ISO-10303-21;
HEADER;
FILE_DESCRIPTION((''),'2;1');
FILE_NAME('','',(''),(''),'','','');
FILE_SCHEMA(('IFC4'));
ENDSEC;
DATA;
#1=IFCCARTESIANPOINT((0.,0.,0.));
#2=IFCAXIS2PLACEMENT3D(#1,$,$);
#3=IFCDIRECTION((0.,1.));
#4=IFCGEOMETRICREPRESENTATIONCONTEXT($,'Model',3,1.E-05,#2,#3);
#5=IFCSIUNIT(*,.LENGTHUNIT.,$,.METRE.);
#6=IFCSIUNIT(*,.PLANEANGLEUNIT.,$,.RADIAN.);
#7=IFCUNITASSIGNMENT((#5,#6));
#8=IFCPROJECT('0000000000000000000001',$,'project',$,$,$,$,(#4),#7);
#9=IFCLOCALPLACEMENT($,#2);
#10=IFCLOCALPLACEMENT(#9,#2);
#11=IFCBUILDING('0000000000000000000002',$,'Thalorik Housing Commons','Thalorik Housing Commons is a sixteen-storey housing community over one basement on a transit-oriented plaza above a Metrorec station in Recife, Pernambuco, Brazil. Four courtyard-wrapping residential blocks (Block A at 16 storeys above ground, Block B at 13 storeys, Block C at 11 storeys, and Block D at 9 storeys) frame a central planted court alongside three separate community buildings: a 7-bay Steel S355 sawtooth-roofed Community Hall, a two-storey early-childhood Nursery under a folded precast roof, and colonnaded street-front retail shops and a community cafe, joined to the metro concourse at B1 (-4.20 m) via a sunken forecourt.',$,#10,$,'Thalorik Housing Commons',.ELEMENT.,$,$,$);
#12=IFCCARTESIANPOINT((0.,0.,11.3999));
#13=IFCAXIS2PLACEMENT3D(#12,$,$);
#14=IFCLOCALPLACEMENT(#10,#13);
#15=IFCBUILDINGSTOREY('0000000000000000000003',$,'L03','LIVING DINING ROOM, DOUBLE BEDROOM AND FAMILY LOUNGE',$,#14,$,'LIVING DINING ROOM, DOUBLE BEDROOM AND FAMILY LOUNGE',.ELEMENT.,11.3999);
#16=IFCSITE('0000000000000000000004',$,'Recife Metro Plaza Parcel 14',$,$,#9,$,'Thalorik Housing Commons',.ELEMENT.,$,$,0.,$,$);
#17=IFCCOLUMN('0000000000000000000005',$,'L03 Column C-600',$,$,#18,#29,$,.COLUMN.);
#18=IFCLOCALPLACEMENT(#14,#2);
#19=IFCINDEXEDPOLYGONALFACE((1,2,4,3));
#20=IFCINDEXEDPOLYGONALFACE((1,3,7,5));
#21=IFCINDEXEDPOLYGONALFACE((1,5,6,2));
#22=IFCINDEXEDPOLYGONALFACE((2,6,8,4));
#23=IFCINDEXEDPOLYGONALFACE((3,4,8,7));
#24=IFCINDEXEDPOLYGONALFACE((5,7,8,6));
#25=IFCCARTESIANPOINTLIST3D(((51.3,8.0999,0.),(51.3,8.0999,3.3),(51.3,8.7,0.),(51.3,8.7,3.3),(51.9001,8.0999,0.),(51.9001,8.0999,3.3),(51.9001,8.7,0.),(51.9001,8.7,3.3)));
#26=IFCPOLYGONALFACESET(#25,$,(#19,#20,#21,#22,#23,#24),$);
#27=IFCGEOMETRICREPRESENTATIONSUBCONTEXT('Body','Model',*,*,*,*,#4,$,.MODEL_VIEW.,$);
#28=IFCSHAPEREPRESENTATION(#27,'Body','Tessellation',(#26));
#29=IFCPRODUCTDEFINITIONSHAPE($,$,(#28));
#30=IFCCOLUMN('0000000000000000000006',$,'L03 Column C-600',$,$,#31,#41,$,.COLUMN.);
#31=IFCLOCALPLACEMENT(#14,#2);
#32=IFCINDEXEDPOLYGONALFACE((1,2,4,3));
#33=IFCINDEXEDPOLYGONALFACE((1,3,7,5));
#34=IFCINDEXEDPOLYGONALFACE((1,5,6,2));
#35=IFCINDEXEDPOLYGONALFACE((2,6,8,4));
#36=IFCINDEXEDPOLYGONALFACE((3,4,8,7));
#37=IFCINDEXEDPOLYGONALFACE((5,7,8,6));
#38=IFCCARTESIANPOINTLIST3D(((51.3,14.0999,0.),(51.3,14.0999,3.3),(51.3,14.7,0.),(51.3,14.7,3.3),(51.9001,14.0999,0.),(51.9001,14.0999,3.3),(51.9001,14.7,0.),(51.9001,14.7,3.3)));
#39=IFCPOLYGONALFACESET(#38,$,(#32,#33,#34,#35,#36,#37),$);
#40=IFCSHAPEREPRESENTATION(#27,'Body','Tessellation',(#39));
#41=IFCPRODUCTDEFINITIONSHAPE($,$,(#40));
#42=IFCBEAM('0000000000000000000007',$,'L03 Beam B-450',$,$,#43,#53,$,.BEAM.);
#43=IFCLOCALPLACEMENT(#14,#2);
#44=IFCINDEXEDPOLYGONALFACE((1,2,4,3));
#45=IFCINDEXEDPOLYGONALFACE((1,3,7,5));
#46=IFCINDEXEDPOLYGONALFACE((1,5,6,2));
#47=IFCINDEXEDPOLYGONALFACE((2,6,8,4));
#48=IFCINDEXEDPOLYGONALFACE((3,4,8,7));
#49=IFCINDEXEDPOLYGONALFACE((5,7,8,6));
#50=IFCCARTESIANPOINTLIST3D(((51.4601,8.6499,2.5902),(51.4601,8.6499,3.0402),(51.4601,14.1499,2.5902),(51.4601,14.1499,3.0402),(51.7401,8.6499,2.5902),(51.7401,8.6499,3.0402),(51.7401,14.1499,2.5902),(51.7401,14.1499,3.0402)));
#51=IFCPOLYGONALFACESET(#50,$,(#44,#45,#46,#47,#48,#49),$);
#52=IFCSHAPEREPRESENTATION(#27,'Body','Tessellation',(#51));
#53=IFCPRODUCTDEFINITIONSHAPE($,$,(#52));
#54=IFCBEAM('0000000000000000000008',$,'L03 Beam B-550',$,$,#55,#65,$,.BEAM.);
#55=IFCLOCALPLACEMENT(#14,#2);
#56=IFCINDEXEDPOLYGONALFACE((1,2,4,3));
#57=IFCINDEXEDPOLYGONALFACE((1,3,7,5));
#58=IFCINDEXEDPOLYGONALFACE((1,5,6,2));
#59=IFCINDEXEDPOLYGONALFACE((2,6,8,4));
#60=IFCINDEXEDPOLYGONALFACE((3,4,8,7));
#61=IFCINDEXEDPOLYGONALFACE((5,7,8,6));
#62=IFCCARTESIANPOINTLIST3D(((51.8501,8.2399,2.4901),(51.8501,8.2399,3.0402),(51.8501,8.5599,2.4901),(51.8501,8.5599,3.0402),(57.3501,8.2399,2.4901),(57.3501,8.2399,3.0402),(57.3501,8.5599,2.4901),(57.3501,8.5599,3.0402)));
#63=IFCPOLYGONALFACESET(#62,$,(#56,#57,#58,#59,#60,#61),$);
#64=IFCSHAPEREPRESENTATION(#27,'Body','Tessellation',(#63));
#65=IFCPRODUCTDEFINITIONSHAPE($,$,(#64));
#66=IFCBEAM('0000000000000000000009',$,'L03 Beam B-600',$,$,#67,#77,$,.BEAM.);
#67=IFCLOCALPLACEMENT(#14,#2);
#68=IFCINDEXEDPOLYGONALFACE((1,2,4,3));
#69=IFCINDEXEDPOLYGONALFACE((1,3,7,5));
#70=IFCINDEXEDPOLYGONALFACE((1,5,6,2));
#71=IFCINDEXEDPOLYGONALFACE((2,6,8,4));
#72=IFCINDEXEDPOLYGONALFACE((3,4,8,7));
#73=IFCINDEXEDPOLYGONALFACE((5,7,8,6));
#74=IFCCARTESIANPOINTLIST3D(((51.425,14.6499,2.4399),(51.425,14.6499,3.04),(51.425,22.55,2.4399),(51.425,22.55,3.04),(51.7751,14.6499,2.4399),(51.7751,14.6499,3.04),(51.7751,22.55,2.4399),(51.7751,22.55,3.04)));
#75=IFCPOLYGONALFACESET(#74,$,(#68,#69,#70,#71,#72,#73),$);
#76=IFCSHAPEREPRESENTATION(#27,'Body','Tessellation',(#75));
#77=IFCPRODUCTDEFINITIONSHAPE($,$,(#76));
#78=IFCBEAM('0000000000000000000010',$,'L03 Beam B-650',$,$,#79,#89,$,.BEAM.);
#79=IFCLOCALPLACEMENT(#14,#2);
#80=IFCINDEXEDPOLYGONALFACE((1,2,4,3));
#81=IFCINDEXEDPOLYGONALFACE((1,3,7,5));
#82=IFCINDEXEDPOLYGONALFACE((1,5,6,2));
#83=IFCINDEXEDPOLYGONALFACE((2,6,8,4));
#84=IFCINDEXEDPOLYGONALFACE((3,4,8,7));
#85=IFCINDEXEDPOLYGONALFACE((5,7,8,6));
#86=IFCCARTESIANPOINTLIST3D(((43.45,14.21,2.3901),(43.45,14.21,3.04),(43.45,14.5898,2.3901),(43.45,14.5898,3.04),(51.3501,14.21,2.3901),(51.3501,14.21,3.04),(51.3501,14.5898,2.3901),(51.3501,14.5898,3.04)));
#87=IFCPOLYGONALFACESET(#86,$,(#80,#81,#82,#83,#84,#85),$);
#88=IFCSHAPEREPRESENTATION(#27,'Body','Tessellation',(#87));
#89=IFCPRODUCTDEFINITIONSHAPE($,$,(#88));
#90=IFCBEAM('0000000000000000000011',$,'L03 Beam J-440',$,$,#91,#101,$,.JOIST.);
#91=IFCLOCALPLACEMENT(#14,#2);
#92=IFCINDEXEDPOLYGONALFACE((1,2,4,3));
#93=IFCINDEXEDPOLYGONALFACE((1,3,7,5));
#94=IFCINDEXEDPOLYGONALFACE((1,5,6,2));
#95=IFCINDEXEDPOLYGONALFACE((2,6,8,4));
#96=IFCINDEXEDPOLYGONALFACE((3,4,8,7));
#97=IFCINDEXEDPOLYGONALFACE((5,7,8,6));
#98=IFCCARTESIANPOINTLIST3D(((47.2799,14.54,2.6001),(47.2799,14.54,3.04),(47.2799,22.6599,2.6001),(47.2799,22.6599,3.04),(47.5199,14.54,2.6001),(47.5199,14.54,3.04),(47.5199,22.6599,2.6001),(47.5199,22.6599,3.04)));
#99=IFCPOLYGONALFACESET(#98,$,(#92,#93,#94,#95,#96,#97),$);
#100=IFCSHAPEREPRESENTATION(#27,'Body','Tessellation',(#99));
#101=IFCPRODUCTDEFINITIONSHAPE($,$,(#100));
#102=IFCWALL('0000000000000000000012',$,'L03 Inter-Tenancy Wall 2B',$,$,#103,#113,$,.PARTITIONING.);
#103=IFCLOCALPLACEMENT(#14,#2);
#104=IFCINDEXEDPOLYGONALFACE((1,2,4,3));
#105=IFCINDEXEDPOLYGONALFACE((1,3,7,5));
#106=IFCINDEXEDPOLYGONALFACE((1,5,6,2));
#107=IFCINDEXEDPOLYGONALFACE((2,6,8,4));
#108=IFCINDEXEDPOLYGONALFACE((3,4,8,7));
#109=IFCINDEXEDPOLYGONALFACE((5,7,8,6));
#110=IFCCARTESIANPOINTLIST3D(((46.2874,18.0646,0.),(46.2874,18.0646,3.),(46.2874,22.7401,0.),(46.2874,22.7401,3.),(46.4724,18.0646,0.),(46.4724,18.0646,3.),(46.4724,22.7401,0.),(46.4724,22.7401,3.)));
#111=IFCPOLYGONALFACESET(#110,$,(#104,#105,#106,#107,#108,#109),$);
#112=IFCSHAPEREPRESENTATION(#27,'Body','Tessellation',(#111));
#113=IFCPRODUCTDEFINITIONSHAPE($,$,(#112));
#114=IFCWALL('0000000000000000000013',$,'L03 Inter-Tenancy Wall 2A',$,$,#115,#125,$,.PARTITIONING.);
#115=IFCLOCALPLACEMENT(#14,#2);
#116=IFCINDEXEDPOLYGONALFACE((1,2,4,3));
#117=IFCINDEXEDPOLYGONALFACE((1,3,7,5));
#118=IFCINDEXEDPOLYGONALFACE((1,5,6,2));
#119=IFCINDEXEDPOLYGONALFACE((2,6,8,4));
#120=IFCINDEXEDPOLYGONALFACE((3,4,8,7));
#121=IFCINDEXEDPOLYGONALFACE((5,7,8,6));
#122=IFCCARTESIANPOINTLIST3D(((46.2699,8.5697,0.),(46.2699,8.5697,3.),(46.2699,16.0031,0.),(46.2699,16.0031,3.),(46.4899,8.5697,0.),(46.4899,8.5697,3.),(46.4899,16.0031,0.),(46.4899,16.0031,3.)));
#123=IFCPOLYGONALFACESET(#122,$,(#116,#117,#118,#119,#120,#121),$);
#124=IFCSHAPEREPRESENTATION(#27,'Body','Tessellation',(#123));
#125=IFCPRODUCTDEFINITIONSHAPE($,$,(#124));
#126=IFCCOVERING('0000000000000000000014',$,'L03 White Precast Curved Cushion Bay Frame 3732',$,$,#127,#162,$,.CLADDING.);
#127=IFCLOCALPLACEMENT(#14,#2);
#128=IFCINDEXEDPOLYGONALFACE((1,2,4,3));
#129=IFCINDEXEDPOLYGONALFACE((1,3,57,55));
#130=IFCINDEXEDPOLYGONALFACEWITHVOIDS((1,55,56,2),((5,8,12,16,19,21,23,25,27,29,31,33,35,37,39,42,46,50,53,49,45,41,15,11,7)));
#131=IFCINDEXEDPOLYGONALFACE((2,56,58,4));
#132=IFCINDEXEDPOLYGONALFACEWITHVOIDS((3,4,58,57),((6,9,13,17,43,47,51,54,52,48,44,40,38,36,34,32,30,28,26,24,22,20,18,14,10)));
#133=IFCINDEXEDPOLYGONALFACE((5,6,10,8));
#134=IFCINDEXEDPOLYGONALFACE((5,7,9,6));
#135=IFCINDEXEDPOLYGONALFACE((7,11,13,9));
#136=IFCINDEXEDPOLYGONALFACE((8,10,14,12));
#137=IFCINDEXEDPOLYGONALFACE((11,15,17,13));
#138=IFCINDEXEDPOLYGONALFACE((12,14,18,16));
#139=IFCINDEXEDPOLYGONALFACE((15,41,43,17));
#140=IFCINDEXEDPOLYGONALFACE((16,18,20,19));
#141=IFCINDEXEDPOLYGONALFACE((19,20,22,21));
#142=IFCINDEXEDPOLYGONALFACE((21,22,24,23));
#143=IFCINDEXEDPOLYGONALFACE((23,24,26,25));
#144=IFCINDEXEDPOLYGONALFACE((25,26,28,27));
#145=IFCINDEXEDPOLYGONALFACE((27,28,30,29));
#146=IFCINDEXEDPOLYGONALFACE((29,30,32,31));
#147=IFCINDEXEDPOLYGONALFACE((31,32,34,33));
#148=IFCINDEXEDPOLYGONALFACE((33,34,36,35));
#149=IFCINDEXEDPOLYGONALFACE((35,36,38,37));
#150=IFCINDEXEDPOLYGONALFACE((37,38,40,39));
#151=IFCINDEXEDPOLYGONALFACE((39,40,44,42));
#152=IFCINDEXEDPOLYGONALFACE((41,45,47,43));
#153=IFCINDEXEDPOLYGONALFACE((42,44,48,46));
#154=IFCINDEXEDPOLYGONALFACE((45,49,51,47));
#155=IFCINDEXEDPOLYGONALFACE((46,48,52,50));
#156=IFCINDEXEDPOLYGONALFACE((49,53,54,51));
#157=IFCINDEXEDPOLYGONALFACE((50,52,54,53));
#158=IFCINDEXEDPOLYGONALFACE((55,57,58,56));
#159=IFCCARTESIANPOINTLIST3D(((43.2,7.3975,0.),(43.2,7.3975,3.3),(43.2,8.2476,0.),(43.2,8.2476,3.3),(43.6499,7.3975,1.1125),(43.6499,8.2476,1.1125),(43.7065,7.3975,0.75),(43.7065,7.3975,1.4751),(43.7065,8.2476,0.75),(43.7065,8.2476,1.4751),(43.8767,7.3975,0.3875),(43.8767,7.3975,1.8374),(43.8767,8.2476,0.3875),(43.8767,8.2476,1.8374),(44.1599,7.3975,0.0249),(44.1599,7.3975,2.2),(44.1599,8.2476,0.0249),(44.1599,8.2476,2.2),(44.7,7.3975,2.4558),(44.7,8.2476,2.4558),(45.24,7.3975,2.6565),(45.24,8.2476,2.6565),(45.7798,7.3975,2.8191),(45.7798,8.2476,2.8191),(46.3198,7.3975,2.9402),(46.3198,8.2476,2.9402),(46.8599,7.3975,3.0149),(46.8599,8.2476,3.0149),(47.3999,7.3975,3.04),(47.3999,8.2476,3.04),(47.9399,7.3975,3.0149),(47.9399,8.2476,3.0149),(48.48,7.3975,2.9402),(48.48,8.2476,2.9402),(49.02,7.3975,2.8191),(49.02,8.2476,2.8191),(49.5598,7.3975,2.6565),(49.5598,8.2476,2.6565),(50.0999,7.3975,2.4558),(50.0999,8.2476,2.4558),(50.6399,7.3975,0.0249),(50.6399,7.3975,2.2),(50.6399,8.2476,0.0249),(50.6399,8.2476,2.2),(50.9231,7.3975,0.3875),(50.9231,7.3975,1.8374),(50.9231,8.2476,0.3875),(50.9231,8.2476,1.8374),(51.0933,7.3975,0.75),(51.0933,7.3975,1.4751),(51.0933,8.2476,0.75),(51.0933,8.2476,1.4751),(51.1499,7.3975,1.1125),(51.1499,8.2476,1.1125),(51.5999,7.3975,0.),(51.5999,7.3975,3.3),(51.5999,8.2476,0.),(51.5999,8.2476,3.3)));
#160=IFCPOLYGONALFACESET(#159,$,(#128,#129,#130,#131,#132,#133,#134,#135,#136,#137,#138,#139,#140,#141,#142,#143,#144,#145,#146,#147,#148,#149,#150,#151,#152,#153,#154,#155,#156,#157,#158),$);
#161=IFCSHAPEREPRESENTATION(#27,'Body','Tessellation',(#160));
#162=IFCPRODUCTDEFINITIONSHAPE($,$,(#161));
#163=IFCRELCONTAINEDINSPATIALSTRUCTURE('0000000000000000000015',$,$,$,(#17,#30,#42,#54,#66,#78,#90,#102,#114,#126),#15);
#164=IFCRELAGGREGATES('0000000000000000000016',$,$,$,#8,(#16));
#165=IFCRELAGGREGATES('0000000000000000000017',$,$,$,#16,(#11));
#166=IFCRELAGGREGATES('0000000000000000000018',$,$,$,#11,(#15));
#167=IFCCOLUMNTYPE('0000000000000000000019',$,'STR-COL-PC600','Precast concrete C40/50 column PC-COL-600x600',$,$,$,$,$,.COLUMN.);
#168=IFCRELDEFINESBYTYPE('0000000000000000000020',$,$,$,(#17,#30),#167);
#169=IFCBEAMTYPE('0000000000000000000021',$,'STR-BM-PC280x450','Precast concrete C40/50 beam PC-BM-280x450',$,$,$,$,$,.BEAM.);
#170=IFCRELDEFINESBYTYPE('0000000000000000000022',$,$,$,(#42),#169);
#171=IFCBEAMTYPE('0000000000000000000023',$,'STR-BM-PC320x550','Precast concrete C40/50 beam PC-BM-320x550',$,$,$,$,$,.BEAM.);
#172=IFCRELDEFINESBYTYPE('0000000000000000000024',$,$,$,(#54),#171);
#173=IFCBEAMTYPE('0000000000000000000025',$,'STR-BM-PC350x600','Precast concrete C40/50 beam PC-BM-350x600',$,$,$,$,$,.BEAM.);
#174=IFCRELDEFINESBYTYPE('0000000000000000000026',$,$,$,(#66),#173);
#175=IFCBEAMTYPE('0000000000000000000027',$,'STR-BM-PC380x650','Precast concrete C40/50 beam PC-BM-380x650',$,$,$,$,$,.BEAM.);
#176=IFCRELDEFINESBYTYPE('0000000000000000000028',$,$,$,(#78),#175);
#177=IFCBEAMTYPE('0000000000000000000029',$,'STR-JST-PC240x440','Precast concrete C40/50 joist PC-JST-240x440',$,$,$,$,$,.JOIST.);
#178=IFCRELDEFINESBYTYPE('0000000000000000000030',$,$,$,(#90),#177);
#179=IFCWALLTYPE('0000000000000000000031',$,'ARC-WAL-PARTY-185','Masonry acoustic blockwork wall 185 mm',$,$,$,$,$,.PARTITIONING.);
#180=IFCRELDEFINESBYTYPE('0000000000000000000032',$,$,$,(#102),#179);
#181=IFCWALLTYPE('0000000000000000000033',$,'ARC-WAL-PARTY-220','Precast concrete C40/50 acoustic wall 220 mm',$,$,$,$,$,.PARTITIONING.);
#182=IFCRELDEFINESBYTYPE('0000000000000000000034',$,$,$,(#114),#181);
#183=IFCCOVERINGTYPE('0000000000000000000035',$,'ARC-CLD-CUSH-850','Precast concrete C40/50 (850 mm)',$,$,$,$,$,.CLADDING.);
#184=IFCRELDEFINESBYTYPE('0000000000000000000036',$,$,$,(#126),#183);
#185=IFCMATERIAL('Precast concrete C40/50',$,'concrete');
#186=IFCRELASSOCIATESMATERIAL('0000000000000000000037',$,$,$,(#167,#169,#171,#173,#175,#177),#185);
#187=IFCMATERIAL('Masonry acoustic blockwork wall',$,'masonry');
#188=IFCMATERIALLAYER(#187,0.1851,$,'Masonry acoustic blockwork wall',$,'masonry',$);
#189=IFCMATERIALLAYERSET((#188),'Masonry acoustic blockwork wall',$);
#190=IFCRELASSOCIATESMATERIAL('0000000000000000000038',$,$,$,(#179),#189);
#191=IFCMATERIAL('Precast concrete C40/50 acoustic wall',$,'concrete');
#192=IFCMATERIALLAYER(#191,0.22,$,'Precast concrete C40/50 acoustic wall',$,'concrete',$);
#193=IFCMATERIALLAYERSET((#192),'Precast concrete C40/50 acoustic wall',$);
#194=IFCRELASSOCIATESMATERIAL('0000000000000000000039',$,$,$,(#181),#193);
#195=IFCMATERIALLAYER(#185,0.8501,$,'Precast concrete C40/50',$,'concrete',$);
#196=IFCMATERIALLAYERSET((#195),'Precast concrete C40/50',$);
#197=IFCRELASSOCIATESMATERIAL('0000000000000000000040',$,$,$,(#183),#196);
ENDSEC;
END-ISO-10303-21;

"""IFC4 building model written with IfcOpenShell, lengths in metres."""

from ifc_helpers import new_model, si_unit, direction, frame, frame_2d, origin, origin_2d, place, context, subcontext, project, spatial, polyline, rectangle, outline, extrude, material, layer, layer_set, material_profile, profile_set, type_object, element, save


model = new_model("IFC4")

# Units and contexts
model_context = context("Model", 3, precision=1e-05, world=origin(), true_north=direction((0.0, 1.0)))
body_context = subcontext(model_context, "Body", "Model", "MODEL_VIEW")
ifc_project = project(units=[si_unit("LENGTHUNIT", "METRE"), si_unit("PLANEANGLEUNIT", "RADIAN")], contexts=[model_context])

# Site, building, storey
site_placement = place(None, origin())
site = spatial("IfcSite", under=ifc_project, at=site_placement, Name="Recife Metro Plaza Parcel 14", LongName="Thalorik Housing Commons", CompositionType="ELEMENT", RefElevation=0.0)
building_placement = place(site_placement, origin())
building = spatial("IfcBuilding", under=site, at=building_placement, Name="Thalorik Housing Commons", Description="Thalorik Housing Commons is a sixteen-storey housing community over one basement on a transit-oriented plaza above a Metrorec station in Recife, Pernambuco, Brazil. Four courtyard-wrapping residential blocks (Block A at 16 storeys above ground, Block B at 13 storeys, Block C at 11 storeys, and Block D at 9 storeys) frame a central planted court alongside three separate community buildings: a 7-bay Steel S355 sawtooth-roofed Community Hall, a two-storey early-childhood Nursery under a folded precast roof, and colonnaded street-front retail shops and a community cafe, joined to the metro concourse at B1 (-4.20 m) via a sunken forecourt.", LongName="Thalorik Housing Commons", CompositionType="ELEMENT")
storey_placement = place(building_placement, frame((0.0, 0.0, 11.3999)))
storey = spatial("IfcBuildingStorey", under=building, at=storey_placement, Name="L03", Description="LIVING DINING ROOM, DOUBLE BEDROOM AND FAMILY LOUNGE", LongName="LIVING DINING ROOM, DOUBLE BEDROOM AND FAMILY LOUNGE", CompositionType="ELEMENT", Elevation=11.3999)

# Columns
ifc_material_1 = material(Name="Precast concrete C40/50", Category="concrete")
ifc_material_profile_1 = material_profile(ifc_material_1, rectangle(XDim=0.6001, YDim=0.6001, at=origin_2d()), Name="PC 600x600", Category="concrete")
ifc_profile_set_1 = profile_set([ifc_material_profile_1], Name="Precast concrete C40/50")
column_type = type_object("IfcColumnType", Name="STR-COL-PC600", Description="Precast concrete C40/50 column PC-COL-600x600", PredefinedType="COLUMN", material=ifc_profile_set_1)
for number, where, z_axis, x_axis, name in (
    (1, (51.6001, 8.3999, 0.0), (0.0, 0.0, 1.0), (1.0, 0.0, 0.0), "L03 Column C-600"),
    (2, (51.6001, 14.3999, 0.0), (0.0, 0.0, 1.0), (1.0, 0.0, 0.0), "L03 Column C-600"),
):
    element("IfcColumn", number, at=place(storey_placement, frame(where, z_axis=z_axis, x_axis=x_axis)), inside=storey, type_object=column_type, Name=name, PredefinedType="COLUMN", context=body_context, shape_type="SweptSolid", body=[
        extrude(rectangle(XDim=0.6001, YDim=0.6001, at=origin_2d()), origin(), (0.0, 0.0, 1.0), 3.3),
    ])

# Beams
ifc_material_profile_2 = material_profile(ifc_material_1, rectangle(XDim=0.28, YDim=0.45, at=origin_2d()), Name="PC 280x450", Category="concrete")
ifc_profile_set_2 = profile_set([ifc_material_profile_2], Name="Precast concrete C40/50")
beam_type_1 = type_object("IfcBeamType", Name="STR-BM-PC280x450", Description="Precast concrete C40/50 beam PC-BM-280x450", PredefinedType="BEAM", material=ifc_profile_set_2)
beam_1_placement = place(storey_placement, frame((51.6001, 8.6499, 2.8152), z_axis=(0.0, 1.0, 0.0), x_axis=(-1.0, 0.0, 0.0)))
element("IfcBeam", 3, at=beam_1_placement, inside=storey, type_object=beam_type_1, Name="L03 Beam B-450", PredefinedType="BEAM", context=body_context, shape_type="SweptSolid", body=[
    extrude(rectangle(XDim=0.28, YDim=0.45, at=origin_2d()), origin(), (0.0, 0.0, 1.0), 5.5),
])
ifc_material_profile_3 = material_profile(ifc_material_1, rectangle(XDim=0.3201, YDim=0.55, at=origin_2d()), Name="PC 320x550", Category="concrete")
ifc_profile_set_3 = profile_set([ifc_material_profile_3], Name="Precast concrete C40/50")
beam_type_2 = type_object("IfcBeamType", Name="STR-BM-PC320x550", Description="Precast concrete C40/50 beam PC-BM-320x550", PredefinedType="BEAM", material=ifc_profile_set_3)
beam_2_placement = place(storey_placement, frame((51.8501, 8.3999, 2.7651), z_axis=(1.0, 0.0, 0.0), x_axis=(0.0, 1.0, 0.0)))
element("IfcBeam", 4, at=beam_2_placement, inside=storey, type_object=beam_type_2, Name="L03 Beam B-550", PredefinedType="BEAM", context=body_context, shape_type="SweptSolid", body=[
    extrude(rectangle(XDim=0.3201, YDim=0.55, at=origin_2d()), origin(), (0.0, 0.0, 1.0), 5.5),
])
ifc_material_profile_4 = material_profile(ifc_material_1, rectangle(XDim=0.3501, YDim=0.6001, at=origin_2d()), Name="PC 350x600", Category="concrete")
ifc_profile_set_4 = profile_set([ifc_material_profile_4], Name="Precast concrete C40/50")
beam_type_3 = type_object("IfcBeamType", Name="STR-BM-PC350x600", Description="Precast concrete C40/50 beam PC-BM-350x600", PredefinedType="BEAM", material=ifc_profile_set_4)
beam_3_placement = place(storey_placement, frame((51.6001, 14.6499, 2.74), z_axis=(0.0, 1.0, 0.0), x_axis=(-1.0, 0.0, 0.0)))
element("IfcBeam", 5, at=beam_3_placement, inside=storey, type_object=beam_type_3, Name="L03 Beam B-600", PredefinedType="BEAM", context=body_context, shape_type="SweptSolid", body=[
    extrude(rectangle(XDim=0.3501, YDim=0.6001, at=origin_2d()), origin(), (0.0, 0.0, 1.0), 7.9001),
])
ifc_material_profile_5 = material_profile(ifc_material_1, rectangle(XDim=0.3799, YDim=0.6499, at=origin_2d()), Name="PC 380x650", Category="concrete")
ifc_profile_set_5 = profile_set([ifc_material_profile_5], Name="Precast concrete C40/50")
beam_type_4 = type_object("IfcBeamType", Name="STR-BM-PC380x650", Description="Precast concrete C40/50 beam PC-BM-380x650", PredefinedType="BEAM", material=ifc_profile_set_5)
beam_4_placement = place(storey_placement, frame((43.45, 14.3999, 2.7151), z_axis=(1.0, 0.0, 0.0), x_axis=(0.0, 1.0, 0.0)))
element("IfcBeam", 6, at=beam_4_placement, inside=storey, type_object=beam_type_4, Name="L03 Beam B-650", PredefinedType="BEAM", context=body_context, shape_type="SweptSolid", body=[
    extrude(rectangle(XDim=0.3799, YDim=0.6499, at=origin_2d()), origin(), (0.0, 0.0, 1.0), 7.9001),
])
ifc_material_profile_6 = material_profile(ifc_material_1, rectangle(XDim=0.24, YDim=0.4399, at=origin_2d()), Name="PC JST 240x440", Category="concrete")
ifc_profile_set_6 = profile_set([ifc_material_profile_6], Name="Precast concrete C40/50")
beam_type_5 = type_object("IfcBeamType", Name="STR-JST-PC240x440", Description="Precast concrete C40/50 joist PC-JST-240x440", PredefinedType="JOIST", material=ifc_profile_set_6)
beam_5_placement = place(storey_placement, frame((47.3999, 14.54, 2.8201), z_axis=(0.0, 1.0, 0.0), x_axis=(-1.0, 0.0, 0.0)))
element("IfcBeam", 7, at=beam_5_placement, inside=storey, type_object=beam_type_5, Name="L03 Beam J-440", PredefinedType="JOIST", context=body_context, shape_type="SweptSolid", body=[
    extrude(rectangle(XDim=0.24, YDim=0.4399, at=origin_2d()), origin(), (0.0, 0.0, 1.0), 8.1199),
])

# Walls
ifc_material_2 = material(Name="Masonry acoustic blockwork wall", Category="masonry")
ifc_layer_1 = layer(ifc_material_2, 0.1851, Name="Masonry acoustic blockwork wall", Category="masonry")
ifc_layer_set_1 = layer_set([ifc_layer_1], Name="Masonry acoustic blockwork wall")
wall_type_1 = type_object("IfcWallType", Name="ARC-WAL-PARTY-185", Description="Masonry acoustic blockwork wall 185 mm", PredefinedType="PARTITIONING", material=ifc_layer_set_1)
wall_1_placement = place(storey_placement, frame((46.3799, 18.0645, 0.0), z_axis=(0.0, 0.0, 1.0), x_axis=(0.0, 1.0, 0.0)))
element("IfcWall", 8, at=wall_1_placement, inside=storey, type_object=wall_type_1, Name="L03 Inter-Tenancy Wall 2B", PredefinedType="PARTITIONING", context=body_context, shape_type="SweptSolid", body=[
    extrude(rectangle(XDim=4.6755, YDim=0.1851, at=frame_2d((2.3379, 0.0))), origin(), (0.0, 0.0, 1.0), 3.0),
])
ifc_material_3 = material(Name="Precast concrete C40/50 acoustic wall", Category="concrete")
ifc_layer_2 = layer(ifc_material_3, 0.22, Name="Precast concrete C40/50 acoustic wall", Category="concrete")
ifc_layer_set_2 = layer_set([ifc_layer_2], Name="Precast concrete C40/50 acoustic wall")
wall_type_2 = type_object("IfcWallType", Name="ARC-WAL-PARTY-220", Description="Precast concrete C40/50 acoustic wall 220 mm", PredefinedType="PARTITIONING", material=ifc_layer_set_2)
wall_2_placement = place(storey_placement, frame((46.3799, 8.5696, 0.0), z_axis=(0.0, 0.0, 1.0), x_axis=(0.0, 1.0, 0.0)))
element("IfcWall", 9, at=wall_2_placement, inside=storey, type_object=wall_type_2, Name="L03 Inter-Tenancy Wall 2A", PredefinedType="PARTITIONING", context=body_context, shape_type="SweptSolid", body=[
    extrude(rectangle(XDim=7.4333, YDim=0.22, at=frame_2d((3.7168, 0.0))), origin(), (0.0, 0.0, 1.0), 3.0),
])

# Covering
ifc_layer_3 = layer(ifc_material_1, 0.8501, Name="Precast concrete C40/50", Category="concrete")
ifc_layer_set_3 = layer_set([ifc_layer_3], Name="Precast concrete C40/50")
covering_type_1 = type_object("IfcCoveringType", Name="ARC-CLD-CUSH-850", Description="Precast concrete C40/50 (850 mm)", PredefinedType="CLADDING", material=ifc_layer_set_3)
covering_1_placement = place(storey_placement, frame((47.3999, 7.8225, 0.0), z_axis=(0.0, 0.0, 1.0), x_axis=(1.0, 0.0, 0.0)))
element("IfcCovering", 10, at=covering_1_placement, inside=storey, type_object=covering_type_1, Name="L03 White Precast Curved Cushion Bay Frame 3732", PredefinedType="CLADDING", context=body_context, shape_type="SweptSolid", body=[
    extrude(outline(polyline([(-4.2, 0.0), (4.2, 0.0), (4.2, 3.3), (-4.2, 3.3), (-4.2, 0.0)]), holes=[polyline([(3.24, 0.0249), (3.5232, 0.3875), (3.6934, 0.75), (3.75, 1.1125), (3.6934, 1.4751), (3.5232, 1.8374), (3.24, 2.2), (2.7, 2.4558), (2.1599, 2.6565), (1.6201, 2.8191), (1.0801, 2.9402), (0.54, 3.0149), (0.0, 3.04), (-0.54, 3.0149), (-1.0801, 2.9402), (-1.6201, 2.8191), (-2.1599, 2.6565), (-2.7, 2.4558), (-3.24, 2.2), (-3.5232, 1.8374), (-3.6934, 1.4751), (-3.75, 1.1125), (-3.6934, 0.75), (-3.5232, 0.3875), (-3.24, 0.0249), (3.24, 0.0249)])]), frame((0.0, 0.425, 0.0), z_axis=(0.0, -1.0, 0.0), x_axis=(1.0, 0.0, 0.0)), (0.0, 0.0, 1.0), 0.8501),
])

save(model, "model.ifc")
